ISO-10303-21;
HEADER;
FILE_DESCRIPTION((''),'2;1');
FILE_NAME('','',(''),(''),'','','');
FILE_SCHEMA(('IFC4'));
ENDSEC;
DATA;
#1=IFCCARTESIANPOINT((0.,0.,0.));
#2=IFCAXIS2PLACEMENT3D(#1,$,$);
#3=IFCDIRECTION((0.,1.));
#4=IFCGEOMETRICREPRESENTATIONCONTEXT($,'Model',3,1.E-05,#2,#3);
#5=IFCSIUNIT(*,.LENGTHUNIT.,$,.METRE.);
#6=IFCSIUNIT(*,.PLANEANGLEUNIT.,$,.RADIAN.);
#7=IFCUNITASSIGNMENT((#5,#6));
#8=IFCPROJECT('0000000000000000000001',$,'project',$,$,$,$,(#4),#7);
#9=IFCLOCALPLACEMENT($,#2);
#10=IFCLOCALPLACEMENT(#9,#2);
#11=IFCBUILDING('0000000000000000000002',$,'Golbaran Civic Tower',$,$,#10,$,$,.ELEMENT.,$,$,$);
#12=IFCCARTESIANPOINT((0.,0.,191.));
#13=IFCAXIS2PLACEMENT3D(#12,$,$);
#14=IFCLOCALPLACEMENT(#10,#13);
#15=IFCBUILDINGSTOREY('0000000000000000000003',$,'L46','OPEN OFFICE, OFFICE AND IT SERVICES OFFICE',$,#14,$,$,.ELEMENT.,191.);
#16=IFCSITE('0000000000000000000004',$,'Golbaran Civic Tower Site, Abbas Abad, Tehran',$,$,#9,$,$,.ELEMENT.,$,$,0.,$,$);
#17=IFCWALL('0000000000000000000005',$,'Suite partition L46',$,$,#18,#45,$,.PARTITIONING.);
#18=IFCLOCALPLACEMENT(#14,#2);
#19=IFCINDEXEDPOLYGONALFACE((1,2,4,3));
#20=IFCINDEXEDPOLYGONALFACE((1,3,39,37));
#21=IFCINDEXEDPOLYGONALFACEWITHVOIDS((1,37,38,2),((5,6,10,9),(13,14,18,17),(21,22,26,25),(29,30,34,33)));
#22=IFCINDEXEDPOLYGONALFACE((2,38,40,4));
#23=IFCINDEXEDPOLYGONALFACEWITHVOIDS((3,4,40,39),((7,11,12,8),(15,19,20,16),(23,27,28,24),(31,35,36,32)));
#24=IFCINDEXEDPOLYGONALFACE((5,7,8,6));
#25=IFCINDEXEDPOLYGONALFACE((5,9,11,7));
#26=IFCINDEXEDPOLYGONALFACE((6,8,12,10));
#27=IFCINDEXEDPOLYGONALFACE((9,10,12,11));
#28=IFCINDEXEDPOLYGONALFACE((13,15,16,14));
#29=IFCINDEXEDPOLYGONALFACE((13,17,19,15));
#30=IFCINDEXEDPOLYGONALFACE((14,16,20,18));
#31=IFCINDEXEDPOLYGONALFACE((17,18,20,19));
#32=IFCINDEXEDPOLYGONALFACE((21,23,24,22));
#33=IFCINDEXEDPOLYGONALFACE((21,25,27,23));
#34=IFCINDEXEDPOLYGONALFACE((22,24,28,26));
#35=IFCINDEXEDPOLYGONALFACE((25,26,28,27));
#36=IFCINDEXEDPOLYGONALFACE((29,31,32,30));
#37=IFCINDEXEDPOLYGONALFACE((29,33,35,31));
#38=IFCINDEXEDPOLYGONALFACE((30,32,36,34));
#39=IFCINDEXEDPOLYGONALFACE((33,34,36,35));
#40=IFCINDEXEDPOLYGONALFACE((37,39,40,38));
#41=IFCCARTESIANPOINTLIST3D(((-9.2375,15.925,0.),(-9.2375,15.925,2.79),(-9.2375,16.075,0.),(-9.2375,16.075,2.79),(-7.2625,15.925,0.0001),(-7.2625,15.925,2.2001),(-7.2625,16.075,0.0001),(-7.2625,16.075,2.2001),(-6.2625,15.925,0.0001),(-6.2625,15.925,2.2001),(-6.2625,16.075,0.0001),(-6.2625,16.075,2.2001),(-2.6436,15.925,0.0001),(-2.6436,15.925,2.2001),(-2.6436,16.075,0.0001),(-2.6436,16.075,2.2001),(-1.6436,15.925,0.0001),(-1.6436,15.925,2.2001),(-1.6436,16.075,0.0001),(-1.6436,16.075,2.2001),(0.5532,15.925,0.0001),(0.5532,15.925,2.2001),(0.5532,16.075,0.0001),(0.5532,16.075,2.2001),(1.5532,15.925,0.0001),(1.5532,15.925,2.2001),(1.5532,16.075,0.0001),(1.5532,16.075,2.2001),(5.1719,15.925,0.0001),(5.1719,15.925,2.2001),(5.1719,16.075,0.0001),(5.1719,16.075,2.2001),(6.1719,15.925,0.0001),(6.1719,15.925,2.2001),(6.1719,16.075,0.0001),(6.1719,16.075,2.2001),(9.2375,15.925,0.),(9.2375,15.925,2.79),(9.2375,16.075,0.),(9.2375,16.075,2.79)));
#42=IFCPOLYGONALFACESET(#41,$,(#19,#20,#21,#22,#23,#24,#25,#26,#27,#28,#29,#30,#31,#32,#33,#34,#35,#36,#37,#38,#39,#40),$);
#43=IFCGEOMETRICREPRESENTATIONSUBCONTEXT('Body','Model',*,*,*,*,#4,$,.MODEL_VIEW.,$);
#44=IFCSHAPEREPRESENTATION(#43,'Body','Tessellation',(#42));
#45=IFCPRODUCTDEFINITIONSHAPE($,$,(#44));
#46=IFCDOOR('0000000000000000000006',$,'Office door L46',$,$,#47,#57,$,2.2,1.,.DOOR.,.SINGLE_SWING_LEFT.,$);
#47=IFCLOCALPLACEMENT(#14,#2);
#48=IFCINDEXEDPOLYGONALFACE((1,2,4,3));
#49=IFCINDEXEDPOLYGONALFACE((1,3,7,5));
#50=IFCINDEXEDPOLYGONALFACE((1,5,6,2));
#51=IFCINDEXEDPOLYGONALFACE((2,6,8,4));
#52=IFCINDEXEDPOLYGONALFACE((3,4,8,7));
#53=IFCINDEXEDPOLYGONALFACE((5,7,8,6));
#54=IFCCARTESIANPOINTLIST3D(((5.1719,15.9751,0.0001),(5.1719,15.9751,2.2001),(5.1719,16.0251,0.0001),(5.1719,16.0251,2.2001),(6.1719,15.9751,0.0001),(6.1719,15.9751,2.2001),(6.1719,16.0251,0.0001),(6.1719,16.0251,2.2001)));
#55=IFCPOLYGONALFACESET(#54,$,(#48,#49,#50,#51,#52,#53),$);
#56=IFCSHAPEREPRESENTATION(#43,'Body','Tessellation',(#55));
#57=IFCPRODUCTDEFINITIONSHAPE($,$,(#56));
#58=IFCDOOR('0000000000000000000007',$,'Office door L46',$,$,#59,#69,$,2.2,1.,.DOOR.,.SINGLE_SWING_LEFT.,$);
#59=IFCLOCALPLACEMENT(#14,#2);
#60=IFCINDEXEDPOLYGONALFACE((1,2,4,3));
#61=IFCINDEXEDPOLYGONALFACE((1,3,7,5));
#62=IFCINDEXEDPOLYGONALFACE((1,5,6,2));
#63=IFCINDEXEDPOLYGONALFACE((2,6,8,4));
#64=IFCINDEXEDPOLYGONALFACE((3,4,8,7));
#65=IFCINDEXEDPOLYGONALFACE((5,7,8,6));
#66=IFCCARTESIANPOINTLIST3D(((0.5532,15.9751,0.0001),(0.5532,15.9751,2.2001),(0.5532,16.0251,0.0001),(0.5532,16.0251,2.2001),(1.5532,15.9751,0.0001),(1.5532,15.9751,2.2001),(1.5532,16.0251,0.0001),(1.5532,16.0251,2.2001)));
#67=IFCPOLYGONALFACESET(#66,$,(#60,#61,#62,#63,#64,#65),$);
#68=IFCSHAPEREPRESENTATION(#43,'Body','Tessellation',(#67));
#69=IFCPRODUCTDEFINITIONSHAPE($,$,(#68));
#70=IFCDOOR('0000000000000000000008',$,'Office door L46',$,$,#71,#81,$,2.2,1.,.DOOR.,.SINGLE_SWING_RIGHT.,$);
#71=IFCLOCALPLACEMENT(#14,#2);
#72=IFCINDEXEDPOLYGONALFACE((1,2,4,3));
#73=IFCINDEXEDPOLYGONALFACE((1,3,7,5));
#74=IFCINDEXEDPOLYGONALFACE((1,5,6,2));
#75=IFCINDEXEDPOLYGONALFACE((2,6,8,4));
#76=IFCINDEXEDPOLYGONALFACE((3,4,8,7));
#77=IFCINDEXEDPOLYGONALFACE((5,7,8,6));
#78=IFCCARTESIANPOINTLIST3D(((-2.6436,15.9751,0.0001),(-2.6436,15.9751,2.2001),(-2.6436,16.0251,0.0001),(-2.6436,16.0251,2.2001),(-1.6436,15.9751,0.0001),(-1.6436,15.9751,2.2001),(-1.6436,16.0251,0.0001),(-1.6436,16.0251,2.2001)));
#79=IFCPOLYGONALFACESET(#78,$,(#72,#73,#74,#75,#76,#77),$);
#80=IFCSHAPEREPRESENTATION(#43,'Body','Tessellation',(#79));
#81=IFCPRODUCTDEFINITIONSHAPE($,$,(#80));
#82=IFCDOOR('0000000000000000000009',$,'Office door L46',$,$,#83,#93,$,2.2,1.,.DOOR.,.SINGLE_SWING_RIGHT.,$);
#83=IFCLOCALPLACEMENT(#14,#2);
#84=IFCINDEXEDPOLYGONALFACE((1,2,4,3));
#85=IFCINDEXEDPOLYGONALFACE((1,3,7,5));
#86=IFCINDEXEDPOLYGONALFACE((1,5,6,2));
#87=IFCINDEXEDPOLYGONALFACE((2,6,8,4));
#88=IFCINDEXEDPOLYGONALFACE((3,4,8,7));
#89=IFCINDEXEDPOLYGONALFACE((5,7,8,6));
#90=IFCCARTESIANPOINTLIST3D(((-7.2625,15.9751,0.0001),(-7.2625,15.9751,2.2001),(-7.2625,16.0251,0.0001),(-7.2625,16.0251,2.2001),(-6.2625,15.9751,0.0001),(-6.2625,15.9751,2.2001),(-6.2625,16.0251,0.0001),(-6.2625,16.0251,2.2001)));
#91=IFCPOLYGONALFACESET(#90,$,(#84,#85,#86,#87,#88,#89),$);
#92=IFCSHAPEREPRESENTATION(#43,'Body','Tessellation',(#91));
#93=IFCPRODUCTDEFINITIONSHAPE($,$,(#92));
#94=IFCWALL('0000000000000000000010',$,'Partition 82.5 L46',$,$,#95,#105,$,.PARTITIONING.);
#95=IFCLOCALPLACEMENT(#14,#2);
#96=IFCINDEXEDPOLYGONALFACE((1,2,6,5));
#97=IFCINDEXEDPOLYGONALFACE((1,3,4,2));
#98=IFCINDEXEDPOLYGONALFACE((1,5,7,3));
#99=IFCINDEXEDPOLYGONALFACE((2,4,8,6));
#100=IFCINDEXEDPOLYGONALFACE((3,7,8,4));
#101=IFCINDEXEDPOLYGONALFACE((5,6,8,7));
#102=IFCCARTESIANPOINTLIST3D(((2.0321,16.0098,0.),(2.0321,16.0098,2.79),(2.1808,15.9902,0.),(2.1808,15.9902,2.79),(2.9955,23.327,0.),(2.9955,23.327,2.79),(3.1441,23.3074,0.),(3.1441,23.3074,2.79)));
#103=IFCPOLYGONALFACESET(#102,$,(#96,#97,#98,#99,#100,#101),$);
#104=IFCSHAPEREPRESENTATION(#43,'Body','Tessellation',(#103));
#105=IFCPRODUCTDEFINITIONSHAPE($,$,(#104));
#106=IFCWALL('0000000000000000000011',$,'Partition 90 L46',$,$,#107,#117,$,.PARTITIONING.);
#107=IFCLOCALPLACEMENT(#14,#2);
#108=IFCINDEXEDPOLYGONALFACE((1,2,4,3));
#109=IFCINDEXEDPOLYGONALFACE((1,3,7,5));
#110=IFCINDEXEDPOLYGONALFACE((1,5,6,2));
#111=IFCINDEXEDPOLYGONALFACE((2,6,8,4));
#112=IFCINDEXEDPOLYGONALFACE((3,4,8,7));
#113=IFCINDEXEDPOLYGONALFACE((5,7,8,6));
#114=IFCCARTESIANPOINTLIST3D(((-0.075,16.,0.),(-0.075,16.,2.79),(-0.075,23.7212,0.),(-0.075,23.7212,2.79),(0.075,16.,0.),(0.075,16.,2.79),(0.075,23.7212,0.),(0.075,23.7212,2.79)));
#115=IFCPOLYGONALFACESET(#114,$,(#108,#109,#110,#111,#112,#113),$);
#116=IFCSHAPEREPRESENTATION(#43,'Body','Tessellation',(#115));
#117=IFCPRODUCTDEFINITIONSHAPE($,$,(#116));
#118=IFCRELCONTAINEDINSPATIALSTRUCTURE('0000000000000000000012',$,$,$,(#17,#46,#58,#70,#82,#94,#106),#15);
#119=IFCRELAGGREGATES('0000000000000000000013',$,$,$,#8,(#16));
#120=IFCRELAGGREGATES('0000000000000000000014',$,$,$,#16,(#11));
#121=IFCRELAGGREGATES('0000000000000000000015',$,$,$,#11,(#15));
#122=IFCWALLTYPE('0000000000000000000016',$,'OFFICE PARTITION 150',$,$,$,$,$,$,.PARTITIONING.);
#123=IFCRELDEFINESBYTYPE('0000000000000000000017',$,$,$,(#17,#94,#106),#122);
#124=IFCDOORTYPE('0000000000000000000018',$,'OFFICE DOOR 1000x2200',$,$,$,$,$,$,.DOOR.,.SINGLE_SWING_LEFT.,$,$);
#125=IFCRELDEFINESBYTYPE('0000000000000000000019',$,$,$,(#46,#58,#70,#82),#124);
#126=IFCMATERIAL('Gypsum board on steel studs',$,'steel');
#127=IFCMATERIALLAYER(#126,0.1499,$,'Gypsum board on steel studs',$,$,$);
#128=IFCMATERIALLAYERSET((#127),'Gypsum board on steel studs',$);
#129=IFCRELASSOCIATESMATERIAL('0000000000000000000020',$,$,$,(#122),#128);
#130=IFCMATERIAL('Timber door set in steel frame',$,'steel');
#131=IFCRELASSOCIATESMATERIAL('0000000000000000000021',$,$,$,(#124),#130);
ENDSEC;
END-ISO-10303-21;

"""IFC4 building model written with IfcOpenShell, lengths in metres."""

from ifc_helpers import new_model, si_unit, direction, frame, frame_2d, origin, place, context, subcontext, project, spatial, rectangle, extrude, material, layer, layer_set, type_object, element, fill, save


model = new_model("IFC4")

# Units and contexts
model_context = context("Model", 3, precision=1e-05, world=origin(), true_north=direction((0.0, 1.0)))
body_context = subcontext(model_context, "Body", "Model", "MODEL_VIEW")
ifc_project = project(units=[si_unit("LENGTHUNIT", "METRE"), si_unit("PLANEANGLEUNIT", "RADIAN")], contexts=[model_context])

# Site, building, storey
site_placement = place(None, origin())
site = spatial("IfcSite", under=ifc_project, at=site_placement, Name="Golbaran Civic Tower Site, Abbas Abad, Tehran", CompositionType="ELEMENT", RefElevation=0.0)
building_placement = place(site_placement, origin())
building = spatial("IfcBuilding", under=site, at=building_placement, Name="Golbaran Civic Tower", CompositionType="ELEMENT")
storey_placement = place(building_placement, frame((0.0, 0.0, 191.0)))
storey = spatial("IfcBuildingStorey", under=building, at=storey_placement, Name="L46", Description="OPEN OFFICE, OFFICE AND IT SERVICES OFFICE", CompositionType="ELEMENT", Elevation=191.0)

# Shared definitions
ifc_material_1 = material(Name="Timber door set in steel frame", Category="steel")

# Shared definitions
ifc_material_2 = material(Name="Gypsum board on steel studs", Category="steel")
ifc_layer_1 = layer(ifc_material_2, 0.1499, Name="Gypsum board on steel studs")
ifc_layer_set_1 = layer_set([ifc_layer_1], Name="Gypsum board on steel studs")
wall_type_1 = type_object("IfcWallType", Name="OFFICE PARTITION 150", PredefinedType="PARTITIONING", material=ifc_layer_set_1)

# Wall, openings, doors
wall_1_placement = place(storey_placement, frame((9.2375, 16.0, 0.0), z_axis=(0.0, 0.0, 1.0), x_axis=(-1.0, 0.0, 0.0)))
wall_1 = element("IfcWall", 1, at=wall_1_placement, inside=storey, type_object=wall_type_1, Name="Suite partition L46", PredefinedType="PARTITIONING", context=body_context, shape_type="SweptSolid", body=[
    extrude(rectangle(XDim=18.4751, YDim=0.1499, at=frame_2d((9.2375, 0.0))), origin(), (0.0, 0.0, 1.0), 2.79),
])
opening_1_placement = place(wall_1_placement, frame((3.0657, 0.0, 0.0)))
opening_1 = element("IfcOpeningElement", 2, at=opening_1_placement, cuts=wall_1, PredefinedType="OPENING", context=body_context, shape_type="SweptSolid", body=[
    extrude(rectangle(XDim=1.0, YDim=2.2, at=frame_2d((0.5, 1.1001))), frame((0.0, 0.085, 0.0), z_axis=(0.0, -1.0, 0.0), x_axis=(1.0, 0.0, 0.0)), (0.0, 0.0, 1.0), 0.1699),
])
opening_2_placement = place(wall_1_placement, frame((7.6843, 0.0, 0.0)))
opening_2 = element("IfcOpeningElement", 3, at=opening_2_placement, cuts=wall_1, PredefinedType="OPENING", context=body_context, shape_type="SweptSolid", body=[
    extrude(rectangle(XDim=1.0, YDim=2.2, at=frame_2d((0.5, 1.1001))), frame((0.0, 0.085, 0.0), z_axis=(0.0, -1.0, 0.0), x_axis=(1.0, 0.0, 0.0)), (0.0, 0.0, 1.0), 0.1699),
])
opening_3_placement = place(wall_1_placement, frame((10.8811, 0.0, 0.0)))
opening_3 = element("IfcOpeningElement", 4, at=opening_3_placement, cuts=wall_1, PredefinedType="OPENING", context=body_context, shape_type="SweptSolid", body=[
    extrude(rectangle(XDim=1.0, YDim=2.2, at=frame_2d((0.5, 1.1001))), frame((0.0, 0.085, 0.0), z_axis=(0.0, -1.0, 0.0), x_axis=(1.0, 0.0, 0.0)), (0.0, 0.0, 1.0), 0.1699),
])
opening_4_placement = place(wall_1_placement, frame((15.5, 0.0, 0.0)))
opening_4 = element("IfcOpeningElement", 5, at=opening_4_placement, cuts=wall_1, PredefinedType="OPENING", context=body_context, shape_type="SweptSolid", body=[
    extrude(rectangle(XDim=1.0, YDim=2.2, at=frame_2d((0.5, 1.1001))), frame((0.0, 0.085, 0.0), z_axis=(0.0, -1.0, 0.0), x_axis=(1.0, 0.0, 0.0)), (0.0, 0.0, 1.0), 0.1699),
])
door_type_1 = type_object("IfcDoorType", Name="OFFICE DOOR 1000x2200", OperationType="SINGLE_SWING_LEFT", PredefinedType="DOOR", material=ifc_material_1)
door_1_placement = place(opening_1_placement, origin())
door_1 = element("IfcDoor", 6, at=door_1_placement, inside=storey, type_object=door_type_1, Name="Office door L46", OperationType="SINGLE_SWING_LEFT", OverallHeight=2.2, OverallWidth=1.0, PredefinedType="DOOR", context=body_context, shape_type="SweptSolid", body=[
    extrude(rectangle(XDim=1.0, YDim=2.2, at=frame_2d((0.5, 1.1001))), frame((0.0, 0.0249, 0.0), z_axis=(0.0, -1.0, 0.0), x_axis=(1.0, 0.0, 0.0)), (0.0, 0.0, 1.0), 0.05),
])
fill(opening_1, door_1)
door_2_placement = place(opening_2_placement, origin())
door_2 = element("IfcDoor", 7, at=door_2_placement, inside=storey, type_object=door_type_1, Name="Office door L46", OperationType="SINGLE_SWING_LEFT", OverallHeight=2.2, OverallWidth=1.0, PredefinedType="DOOR", context=body_context, shape_type="SweptSolid", body=[
    extrude(rectangle(XDim=1.0, YDim=2.2, at=frame_2d((0.5, 1.1001))), frame((0.0, 0.0249, 0.0), z_axis=(0.0, -1.0, 0.0), x_axis=(1.0, 0.0, 0.0)), (0.0, 0.0, 1.0), 0.05),
])
fill(opening_2, door_2)
door_3_placement = place(opening_3_placement, origin())
door_3 = element("IfcDoor", 8, at=door_3_placement, inside=storey, type_object=door_type_1, Name="Office door L46", OperationType="SINGLE_SWING_RIGHT", OverallHeight=2.2, OverallWidth=1.0, PredefinedType="DOOR", context=body_context, shape_type="SweptSolid", body=[
    extrude(rectangle(XDim=1.0, YDim=2.2, at=frame_2d((0.5, 1.1001))), frame((0.0, 0.0249, 0.0), z_axis=(0.0, -1.0, 0.0), x_axis=(1.0, 0.0, 0.0)), (0.0, 0.0, 1.0), 0.05),
])
fill(opening_3, door_3)
door_4_placement = place(opening_4_placement, origin())
door_4 = element("IfcDoor", 9, at=door_4_placement, inside=storey, type_object=door_type_1, Name="Office door L46", OperationType="SINGLE_SWING_RIGHT", OverallHeight=2.2, OverallWidth=1.0, PredefinedType="DOOR", context=body_context, shape_type="SweptSolid", body=[
    extrude(rectangle(XDim=1.0, YDim=2.2, at=frame_2d((0.5, 1.1001))), frame((0.0, 0.0249, 0.0), z_axis=(0.0, -1.0, 0.0), x_axis=(1.0, 0.0, 0.0)), (0.0, 0.0, 1.0), 0.05),
])
fill(opening_4, door_4)

# Walls
wall_2_placement = place(storey_placement, frame((2.1064, 16.0, 0.0), z_axis=(0.0, 0.0, 1.0), x_axis=(0.130534, 0.991444, 0.0)))
element("IfcWall", 10, at=wall_2_placement, inside=storey, type_object=wall_type_1, Name="Partition 82.5 L46", PredefinedType="PARTITIONING", context=body_context, shape_type="SweptSolid", body=[
    extrude(rectangle(XDim=7.3804, YDim=0.1499, at=frame_2d((3.6902, 0.0))), origin(), (0.0, 0.0, 1.0), 2.79),
])
wall_3_placement = place(storey_placement, frame((0.0, 16.0, 0.0), z_axis=(0.0, 0.0, 1.0), x_axis=(0.0, 1.0, 0.0)))
element("IfcWall", 11, at=wall_3_placement, inside=storey, type_object=wall_type_1, Name="Partition 90 L46", PredefinedType="PARTITIONING", context=body_context, shape_type="SweptSolid", body=[
    extrude(rectangle(XDim=7.7212, YDim=0.1499, at=frame_2d((3.8606, 0.0))), origin(), (0.0, 0.0, 1.0), 2.79),
])

save(model, "model.ifc")
